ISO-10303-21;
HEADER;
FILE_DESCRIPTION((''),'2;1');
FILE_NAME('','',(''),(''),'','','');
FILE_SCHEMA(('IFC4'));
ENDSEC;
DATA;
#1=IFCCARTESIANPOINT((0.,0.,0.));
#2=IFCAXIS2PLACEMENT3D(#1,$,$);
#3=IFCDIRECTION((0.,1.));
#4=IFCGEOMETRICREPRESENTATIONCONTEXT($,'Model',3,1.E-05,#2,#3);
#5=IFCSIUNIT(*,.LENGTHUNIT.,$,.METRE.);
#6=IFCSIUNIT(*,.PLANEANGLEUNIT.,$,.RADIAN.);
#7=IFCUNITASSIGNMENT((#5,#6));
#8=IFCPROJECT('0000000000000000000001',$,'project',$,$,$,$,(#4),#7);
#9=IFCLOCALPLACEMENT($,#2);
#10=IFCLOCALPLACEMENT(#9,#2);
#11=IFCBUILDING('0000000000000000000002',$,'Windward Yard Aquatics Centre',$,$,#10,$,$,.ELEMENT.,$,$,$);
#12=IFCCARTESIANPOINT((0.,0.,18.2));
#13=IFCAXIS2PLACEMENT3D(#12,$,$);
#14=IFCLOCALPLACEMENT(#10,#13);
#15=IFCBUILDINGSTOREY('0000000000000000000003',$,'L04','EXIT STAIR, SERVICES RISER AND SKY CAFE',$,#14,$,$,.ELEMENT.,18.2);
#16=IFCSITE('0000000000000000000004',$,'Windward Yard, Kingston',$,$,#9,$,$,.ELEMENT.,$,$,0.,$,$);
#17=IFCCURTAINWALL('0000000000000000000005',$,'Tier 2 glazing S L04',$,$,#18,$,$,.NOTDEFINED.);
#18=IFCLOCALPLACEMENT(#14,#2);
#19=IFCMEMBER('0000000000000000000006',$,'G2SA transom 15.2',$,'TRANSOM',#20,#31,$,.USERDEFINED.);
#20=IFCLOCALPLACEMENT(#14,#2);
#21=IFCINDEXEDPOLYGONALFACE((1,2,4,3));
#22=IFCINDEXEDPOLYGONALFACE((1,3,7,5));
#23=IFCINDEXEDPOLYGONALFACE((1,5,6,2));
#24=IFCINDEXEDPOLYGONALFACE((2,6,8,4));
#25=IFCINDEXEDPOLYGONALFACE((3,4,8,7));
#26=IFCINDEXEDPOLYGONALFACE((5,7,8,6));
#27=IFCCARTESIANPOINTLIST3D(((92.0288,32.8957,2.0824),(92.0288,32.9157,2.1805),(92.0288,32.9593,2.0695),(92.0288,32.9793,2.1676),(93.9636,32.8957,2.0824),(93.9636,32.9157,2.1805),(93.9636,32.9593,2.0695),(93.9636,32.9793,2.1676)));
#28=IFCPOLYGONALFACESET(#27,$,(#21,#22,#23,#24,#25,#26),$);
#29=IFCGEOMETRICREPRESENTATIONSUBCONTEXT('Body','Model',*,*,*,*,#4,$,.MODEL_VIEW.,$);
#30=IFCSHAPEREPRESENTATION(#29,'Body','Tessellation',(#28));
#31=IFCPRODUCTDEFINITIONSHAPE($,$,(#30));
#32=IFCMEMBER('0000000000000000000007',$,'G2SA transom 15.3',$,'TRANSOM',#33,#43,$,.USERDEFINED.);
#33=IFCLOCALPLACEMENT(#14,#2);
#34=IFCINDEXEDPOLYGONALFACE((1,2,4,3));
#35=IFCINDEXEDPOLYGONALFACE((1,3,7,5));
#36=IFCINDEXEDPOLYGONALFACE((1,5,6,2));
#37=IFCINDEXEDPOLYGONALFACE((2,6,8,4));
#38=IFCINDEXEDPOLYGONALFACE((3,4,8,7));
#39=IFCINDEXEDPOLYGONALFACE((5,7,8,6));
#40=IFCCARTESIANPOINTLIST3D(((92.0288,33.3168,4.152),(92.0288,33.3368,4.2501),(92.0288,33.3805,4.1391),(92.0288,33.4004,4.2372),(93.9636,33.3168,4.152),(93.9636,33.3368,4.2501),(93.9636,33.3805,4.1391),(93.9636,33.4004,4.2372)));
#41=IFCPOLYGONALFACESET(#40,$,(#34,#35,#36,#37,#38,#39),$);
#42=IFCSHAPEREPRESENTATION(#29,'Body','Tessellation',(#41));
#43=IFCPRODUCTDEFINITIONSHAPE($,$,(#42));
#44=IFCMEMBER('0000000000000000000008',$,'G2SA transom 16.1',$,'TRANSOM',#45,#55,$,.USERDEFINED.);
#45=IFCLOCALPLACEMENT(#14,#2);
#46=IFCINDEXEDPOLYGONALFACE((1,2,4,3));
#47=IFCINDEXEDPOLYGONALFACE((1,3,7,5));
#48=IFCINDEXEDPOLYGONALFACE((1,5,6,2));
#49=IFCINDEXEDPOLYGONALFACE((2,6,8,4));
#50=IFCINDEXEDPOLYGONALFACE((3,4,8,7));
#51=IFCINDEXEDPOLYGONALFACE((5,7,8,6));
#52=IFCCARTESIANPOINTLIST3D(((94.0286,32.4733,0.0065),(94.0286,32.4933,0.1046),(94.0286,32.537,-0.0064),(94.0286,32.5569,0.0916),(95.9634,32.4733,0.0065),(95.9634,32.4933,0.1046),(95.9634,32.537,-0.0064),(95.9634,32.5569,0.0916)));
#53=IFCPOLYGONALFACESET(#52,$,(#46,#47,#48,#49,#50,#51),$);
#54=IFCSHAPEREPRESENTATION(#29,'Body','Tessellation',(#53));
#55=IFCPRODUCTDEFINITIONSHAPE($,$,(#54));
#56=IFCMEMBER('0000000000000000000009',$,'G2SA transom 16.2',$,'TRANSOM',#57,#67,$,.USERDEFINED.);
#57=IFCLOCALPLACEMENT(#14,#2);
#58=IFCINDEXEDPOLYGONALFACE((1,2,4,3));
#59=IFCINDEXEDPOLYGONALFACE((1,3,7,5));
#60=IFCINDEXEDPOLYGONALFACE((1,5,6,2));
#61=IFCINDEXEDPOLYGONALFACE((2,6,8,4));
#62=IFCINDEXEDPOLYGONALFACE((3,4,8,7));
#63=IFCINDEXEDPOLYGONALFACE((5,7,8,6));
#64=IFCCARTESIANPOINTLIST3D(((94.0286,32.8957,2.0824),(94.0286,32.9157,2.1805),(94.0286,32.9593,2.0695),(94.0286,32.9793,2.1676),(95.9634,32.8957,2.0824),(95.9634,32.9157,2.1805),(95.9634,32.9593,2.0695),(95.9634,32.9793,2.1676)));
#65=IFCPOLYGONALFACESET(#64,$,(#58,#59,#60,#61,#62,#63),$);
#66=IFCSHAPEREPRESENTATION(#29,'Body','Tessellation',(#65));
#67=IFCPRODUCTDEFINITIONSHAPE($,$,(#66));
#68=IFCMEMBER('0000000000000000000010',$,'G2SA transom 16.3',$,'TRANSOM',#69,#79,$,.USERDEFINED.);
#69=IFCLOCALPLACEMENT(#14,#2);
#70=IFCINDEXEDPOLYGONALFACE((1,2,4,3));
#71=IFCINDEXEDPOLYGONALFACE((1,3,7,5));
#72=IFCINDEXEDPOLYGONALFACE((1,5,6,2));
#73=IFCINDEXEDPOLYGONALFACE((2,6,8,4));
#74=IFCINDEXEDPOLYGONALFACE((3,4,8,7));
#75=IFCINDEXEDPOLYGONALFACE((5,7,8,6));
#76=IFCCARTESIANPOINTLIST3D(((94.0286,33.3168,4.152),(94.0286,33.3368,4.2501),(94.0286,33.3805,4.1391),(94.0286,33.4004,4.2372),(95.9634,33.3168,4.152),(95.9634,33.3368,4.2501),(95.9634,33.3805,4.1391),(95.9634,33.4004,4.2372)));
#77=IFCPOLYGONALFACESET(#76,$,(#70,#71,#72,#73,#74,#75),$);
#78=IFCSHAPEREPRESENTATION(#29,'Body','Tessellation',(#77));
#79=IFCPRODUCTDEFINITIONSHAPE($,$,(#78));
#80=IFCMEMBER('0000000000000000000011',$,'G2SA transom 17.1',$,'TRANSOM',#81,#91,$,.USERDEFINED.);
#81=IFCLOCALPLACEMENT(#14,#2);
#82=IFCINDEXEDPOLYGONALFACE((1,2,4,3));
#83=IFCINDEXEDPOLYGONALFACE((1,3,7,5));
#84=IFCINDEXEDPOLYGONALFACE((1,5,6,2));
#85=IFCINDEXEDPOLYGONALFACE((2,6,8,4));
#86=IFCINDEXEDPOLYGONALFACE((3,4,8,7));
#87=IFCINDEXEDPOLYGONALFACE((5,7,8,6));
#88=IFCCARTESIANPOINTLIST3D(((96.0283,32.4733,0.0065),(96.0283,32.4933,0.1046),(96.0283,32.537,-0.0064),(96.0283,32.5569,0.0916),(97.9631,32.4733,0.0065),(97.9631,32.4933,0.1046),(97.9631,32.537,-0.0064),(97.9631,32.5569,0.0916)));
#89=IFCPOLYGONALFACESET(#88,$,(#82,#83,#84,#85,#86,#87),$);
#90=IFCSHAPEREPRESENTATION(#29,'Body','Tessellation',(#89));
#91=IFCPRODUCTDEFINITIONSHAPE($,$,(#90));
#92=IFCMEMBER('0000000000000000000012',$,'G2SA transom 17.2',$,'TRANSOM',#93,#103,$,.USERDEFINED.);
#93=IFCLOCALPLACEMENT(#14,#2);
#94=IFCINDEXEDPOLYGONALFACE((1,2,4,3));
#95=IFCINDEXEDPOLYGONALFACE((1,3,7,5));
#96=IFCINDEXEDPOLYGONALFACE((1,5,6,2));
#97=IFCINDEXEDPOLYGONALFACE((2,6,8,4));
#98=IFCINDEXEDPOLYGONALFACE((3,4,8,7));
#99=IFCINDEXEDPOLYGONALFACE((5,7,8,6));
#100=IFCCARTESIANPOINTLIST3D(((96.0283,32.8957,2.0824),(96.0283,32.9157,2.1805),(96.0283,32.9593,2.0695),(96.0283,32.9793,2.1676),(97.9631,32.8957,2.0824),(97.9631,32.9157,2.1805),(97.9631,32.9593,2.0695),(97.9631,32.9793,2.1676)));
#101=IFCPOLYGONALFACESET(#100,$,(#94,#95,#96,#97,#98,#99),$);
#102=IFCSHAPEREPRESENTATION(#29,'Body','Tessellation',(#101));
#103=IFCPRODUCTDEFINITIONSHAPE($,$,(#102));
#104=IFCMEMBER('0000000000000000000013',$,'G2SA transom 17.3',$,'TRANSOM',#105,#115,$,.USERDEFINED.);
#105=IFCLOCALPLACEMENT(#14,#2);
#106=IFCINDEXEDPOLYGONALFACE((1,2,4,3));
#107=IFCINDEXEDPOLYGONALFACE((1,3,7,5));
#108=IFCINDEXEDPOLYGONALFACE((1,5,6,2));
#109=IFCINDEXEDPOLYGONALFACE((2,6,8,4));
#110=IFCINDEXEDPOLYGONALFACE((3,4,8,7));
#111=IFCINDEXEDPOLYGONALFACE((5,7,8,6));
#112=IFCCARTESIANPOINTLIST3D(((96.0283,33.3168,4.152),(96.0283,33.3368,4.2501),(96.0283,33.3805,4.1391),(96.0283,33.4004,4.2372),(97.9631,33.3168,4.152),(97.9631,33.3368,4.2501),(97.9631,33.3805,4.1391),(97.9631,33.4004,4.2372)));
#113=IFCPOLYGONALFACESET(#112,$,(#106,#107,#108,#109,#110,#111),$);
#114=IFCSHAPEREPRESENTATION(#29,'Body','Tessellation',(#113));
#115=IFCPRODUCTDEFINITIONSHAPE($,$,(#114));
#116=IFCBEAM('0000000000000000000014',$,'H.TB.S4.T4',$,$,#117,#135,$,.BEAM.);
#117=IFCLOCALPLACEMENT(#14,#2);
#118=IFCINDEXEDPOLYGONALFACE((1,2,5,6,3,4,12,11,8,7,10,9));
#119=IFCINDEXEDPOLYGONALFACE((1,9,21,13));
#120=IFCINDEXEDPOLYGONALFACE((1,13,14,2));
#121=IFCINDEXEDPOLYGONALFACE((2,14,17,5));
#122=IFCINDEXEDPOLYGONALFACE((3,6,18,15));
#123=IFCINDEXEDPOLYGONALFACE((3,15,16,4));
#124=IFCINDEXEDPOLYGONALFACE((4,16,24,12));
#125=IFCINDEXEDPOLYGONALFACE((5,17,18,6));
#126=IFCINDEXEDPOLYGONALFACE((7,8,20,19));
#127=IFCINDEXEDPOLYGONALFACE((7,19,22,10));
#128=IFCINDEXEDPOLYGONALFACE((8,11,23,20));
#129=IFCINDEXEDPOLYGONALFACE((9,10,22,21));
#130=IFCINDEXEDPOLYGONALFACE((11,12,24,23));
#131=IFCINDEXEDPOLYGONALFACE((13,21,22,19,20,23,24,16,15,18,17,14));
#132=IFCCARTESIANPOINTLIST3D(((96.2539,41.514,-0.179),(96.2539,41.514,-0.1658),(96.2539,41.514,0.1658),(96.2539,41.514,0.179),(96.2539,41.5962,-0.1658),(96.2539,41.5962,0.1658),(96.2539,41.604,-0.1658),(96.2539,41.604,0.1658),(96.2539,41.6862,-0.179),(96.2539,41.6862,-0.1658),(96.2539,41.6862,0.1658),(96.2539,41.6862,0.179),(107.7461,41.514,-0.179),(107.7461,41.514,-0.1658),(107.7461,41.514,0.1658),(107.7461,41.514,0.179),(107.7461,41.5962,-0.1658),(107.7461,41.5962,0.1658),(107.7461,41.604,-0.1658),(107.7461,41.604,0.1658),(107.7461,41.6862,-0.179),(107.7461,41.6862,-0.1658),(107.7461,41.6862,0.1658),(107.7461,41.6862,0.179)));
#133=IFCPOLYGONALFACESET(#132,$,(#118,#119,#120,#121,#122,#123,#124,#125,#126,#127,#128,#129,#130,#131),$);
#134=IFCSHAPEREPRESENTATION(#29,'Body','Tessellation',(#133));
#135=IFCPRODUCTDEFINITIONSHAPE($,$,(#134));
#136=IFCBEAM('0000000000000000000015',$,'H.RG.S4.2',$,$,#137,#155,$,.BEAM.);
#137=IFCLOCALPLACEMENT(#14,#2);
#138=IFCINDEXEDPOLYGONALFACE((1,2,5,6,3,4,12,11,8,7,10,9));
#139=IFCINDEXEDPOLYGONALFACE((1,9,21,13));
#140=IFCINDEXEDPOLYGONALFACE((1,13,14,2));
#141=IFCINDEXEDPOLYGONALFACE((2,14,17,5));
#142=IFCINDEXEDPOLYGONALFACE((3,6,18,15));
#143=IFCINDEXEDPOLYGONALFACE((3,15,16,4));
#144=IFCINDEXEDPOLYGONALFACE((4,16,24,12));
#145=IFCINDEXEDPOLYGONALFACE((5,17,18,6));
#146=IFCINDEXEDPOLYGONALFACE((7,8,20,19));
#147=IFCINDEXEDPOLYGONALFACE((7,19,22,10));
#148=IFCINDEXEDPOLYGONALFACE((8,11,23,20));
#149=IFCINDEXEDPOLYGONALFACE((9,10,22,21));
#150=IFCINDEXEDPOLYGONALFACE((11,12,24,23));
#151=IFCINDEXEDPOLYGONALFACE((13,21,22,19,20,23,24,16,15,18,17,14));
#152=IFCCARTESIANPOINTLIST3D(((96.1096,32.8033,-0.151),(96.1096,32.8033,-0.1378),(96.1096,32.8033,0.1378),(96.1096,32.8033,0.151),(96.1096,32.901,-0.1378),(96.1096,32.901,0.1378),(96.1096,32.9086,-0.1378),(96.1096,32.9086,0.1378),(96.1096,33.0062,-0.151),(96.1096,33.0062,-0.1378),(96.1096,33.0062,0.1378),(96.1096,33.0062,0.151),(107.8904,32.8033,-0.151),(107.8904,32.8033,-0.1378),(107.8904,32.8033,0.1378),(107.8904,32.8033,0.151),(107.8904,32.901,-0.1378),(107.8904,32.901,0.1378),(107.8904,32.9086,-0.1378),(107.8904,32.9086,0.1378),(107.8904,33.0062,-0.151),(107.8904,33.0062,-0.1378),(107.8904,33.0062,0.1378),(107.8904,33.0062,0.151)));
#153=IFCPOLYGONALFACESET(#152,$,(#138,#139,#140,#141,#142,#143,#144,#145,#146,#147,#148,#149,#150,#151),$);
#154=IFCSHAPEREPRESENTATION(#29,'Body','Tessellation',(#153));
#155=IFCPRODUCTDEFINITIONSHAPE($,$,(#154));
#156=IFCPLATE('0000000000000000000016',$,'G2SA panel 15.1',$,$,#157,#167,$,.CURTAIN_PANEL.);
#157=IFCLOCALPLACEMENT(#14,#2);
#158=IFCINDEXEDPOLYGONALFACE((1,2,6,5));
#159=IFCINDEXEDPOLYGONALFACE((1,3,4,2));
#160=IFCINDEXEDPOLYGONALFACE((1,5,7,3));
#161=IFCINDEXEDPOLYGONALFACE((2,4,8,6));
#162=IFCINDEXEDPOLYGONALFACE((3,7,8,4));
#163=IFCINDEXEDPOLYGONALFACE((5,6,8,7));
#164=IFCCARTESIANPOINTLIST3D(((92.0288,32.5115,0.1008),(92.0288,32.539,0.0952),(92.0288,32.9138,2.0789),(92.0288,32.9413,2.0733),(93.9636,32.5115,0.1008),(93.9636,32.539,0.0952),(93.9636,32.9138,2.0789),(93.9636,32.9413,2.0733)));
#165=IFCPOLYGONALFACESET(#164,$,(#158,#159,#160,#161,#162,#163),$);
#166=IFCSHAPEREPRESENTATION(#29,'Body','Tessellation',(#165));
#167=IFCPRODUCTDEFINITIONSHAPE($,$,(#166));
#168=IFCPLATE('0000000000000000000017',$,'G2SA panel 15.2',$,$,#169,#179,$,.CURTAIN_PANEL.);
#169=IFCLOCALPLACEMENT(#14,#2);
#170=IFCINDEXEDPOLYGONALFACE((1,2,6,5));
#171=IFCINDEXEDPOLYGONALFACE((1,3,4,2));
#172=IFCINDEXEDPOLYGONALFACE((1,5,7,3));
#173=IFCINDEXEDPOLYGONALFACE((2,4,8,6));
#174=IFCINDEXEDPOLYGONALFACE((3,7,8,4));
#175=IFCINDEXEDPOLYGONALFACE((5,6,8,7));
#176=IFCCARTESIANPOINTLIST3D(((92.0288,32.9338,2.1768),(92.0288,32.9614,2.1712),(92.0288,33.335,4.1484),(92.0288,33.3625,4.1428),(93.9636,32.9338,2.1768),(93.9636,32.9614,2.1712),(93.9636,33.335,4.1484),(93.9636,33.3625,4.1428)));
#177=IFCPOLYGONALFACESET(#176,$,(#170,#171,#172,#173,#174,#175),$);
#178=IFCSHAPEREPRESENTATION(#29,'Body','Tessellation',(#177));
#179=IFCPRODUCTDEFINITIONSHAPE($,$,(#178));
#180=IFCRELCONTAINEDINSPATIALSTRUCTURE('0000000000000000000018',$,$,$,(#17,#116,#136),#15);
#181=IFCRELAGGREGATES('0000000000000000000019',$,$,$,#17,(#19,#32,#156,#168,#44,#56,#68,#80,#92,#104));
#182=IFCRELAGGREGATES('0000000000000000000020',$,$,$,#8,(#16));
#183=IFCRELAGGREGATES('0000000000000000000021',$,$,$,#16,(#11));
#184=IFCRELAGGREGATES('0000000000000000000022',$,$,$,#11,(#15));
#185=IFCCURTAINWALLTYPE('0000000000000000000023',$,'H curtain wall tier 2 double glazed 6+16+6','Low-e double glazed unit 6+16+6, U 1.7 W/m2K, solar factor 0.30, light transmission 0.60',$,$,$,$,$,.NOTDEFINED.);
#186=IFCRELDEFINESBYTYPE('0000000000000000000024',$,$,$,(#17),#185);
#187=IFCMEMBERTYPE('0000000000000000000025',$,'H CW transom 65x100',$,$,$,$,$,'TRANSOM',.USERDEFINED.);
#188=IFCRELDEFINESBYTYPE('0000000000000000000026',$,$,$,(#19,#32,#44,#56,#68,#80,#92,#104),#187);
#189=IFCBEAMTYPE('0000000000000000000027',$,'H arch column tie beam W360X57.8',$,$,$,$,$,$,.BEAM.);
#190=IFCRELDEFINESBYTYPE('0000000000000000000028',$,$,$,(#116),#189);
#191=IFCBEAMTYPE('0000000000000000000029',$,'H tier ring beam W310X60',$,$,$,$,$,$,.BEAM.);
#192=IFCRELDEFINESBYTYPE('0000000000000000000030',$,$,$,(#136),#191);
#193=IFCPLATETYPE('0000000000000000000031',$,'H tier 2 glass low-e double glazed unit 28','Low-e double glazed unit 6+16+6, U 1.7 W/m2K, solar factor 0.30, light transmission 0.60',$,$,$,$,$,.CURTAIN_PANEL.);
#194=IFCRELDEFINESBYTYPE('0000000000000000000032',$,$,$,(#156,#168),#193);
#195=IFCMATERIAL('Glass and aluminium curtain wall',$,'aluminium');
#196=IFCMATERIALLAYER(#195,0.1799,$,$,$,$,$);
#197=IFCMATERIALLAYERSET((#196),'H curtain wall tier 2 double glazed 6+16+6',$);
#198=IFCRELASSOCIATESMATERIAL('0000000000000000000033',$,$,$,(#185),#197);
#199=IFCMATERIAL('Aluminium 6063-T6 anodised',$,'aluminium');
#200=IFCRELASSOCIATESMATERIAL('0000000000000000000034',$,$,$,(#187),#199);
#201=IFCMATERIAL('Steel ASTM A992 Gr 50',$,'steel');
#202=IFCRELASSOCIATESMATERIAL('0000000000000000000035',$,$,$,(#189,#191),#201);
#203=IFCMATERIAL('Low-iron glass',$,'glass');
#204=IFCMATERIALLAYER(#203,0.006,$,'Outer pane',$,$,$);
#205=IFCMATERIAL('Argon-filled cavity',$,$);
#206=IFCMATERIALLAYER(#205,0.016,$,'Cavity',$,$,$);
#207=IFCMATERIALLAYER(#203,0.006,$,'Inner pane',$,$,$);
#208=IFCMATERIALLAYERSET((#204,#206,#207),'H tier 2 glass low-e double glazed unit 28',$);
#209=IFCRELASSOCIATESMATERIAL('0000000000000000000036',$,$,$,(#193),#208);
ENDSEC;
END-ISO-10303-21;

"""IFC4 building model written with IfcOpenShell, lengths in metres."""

from ifc_helpers import new_model, si_unit, direction, frame, origin, origin_2d, place, context, subcontext, project, spatial, polyline, rectangle, i_section, outline, extrude, material, layer, layer_set, material_profile, profile_set, type_object, element, aggregate, save


model = new_model("IFC4")

# Units and contexts
model_context = context("Model", 3, precision=1e-05, world=origin(), true_north=direction((0.0, 1.0)))
body_context = subcontext(model_context, "Body", "Model", "MODEL_VIEW")
ifc_project = project(units=[si_unit("LENGTHUNIT", "METRE"), si_unit("PLANEANGLEUNIT", "RADIAN")], contexts=[model_context])

# Site, building, storey
site_placement = place(None, origin())
site = spatial("IfcSite", under=ifc_project, at=site_placement, Name="Windward Yard, Kingston", CompositionType="ELEMENT", RefElevation=0.0)
building_placement = place(site_placement, origin())
building = spatial("IfcBuilding", under=site, at=building_placement, Name="Windward Yard Aquatics Centre", CompositionType="ELEMENT")
storey_placement = place(building_placement, frame((0.0, 0.0, 18.2)))
storey = spatial("IfcBuildingStorey", under=building, at=storey_placement, Name="L04", Description="EXIT STAIR, SERVICES RISER AND SKY CAFE", CompositionType="ELEMENT", Elevation=18.2)

# Curtain wall, members
ifc_material_1 = material(Name="Glass and aluminium curtain wall", Category="aluminium")
ifc_layer_1 = layer(ifc_material_1, 0.1799)
ifc_layer_set_1 = layer_set([ifc_layer_1], Name="H curtain wall tier 2 double glazed 6+16+6")
curtain_wall_type = type_object("IfcCurtainWallType", Name="H curtain wall tier 2 double glazed 6+16+6", Description="Low-e double glazed unit 6+16+6, U 1.7 W/m2K, solar factor 0.30, light transmission 0.60", PredefinedType="NOTDEFINED", material=ifc_layer_set_1)
curtain_wall_placement = place(storey_placement, origin())
curtain_wall = element("IfcCurtainWall", 1, at=curtain_wall_placement, inside=storey, type_object=curtain_wall_type, Name="Tier 2 glazing S L04", PredefinedType="NOTDEFINED")
ifc_material_2 = material(Name="Aluminium 6063-T6 anodised", Category="aluminium")
ifc_material_profile_1 = material_profile(ifc_material_2, rectangle(XDim=0.0649, YDim=0.1001, at=origin_2d()), Name="H CW transom 65x100")
ifc_profile_set_1 = profile_set([ifc_material_profile_1], Name="Aluminium 6063-T6 anodised")
member_type_1 = type_object("IfcMemberType", Name="H CW transom 65x100", ElementType="TRANSOM", PredefinedType="USERDEFINED", material=ifc_profile_set_1)
member_1_placement = place(storey_placement, frame((92.0288, 32.9375, 2.125), z_axis=(1.0, 0.0, 0.0), x_axis=(0.0, -0.979925, 0.199368)))
member_1 = element("IfcMember", 2, at=member_1_placement, type_object=member_type_1, Name="G2SA transom 15.2", ObjectType="TRANSOM", PredefinedType="USERDEFINED", context=body_context, shape_type="SweptSolid", body=[
    extrude(rectangle(XDim=0.0649, YDim=0.1001, at=origin_2d()), origin(), (0.0, 0.0, 1.0), 1.9348),
])
member_2_placement = place(storey_placement, frame((92.0288, 33.3586, 4.1946), z_axis=(1.0, 0.0, 0.0), x_axis=(0.0, -0.979925, 0.199368)))
member_2 = element("IfcMember", 3, at=member_2_placement, type_object=member_type_1, Name="G2SA transom 15.3", ObjectType="TRANSOM", PredefinedType="USERDEFINED", context=body_context, shape_type="SweptSolid", body=[
    extrude(rectangle(XDim=0.0649, YDim=0.1001, at=origin_2d()), origin(), (0.0, 0.0, 1.0), 1.9348),
])
member_3_placement = place(storey_placement, frame((94.0286, 32.5151, 0.0491), z_axis=(1.0, 0.0, 0.0), x_axis=(0.0, -0.979925, 0.199368)))
member_3 = element("IfcMember", 4, at=member_3_placement, type_object=member_type_1, Name="G2SA transom 16.1", ObjectType="TRANSOM", PredefinedType="USERDEFINED", context=body_context, shape_type="SweptSolid", body=[
    extrude(rectangle(XDim=0.0649, YDim=0.1001, at=origin_2d()), origin(), (0.0, 0.0, 1.0), 1.9348),
])
member_4_placement = place(storey_placement, frame((94.0286, 32.9375, 2.125), z_axis=(1.0, 0.0, 0.0), x_axis=(0.0, -0.979925, 0.199368)))
member_4 = element("IfcMember", 5, at=member_4_placement, type_object=member_type_1, Name="G2SA transom 16.2", ObjectType="TRANSOM", PredefinedType="USERDEFINED", context=body_context, shape_type="SweptSolid", body=[
    extrude(rectangle(XDim=0.0649, YDim=0.1001, at=origin_2d()), origin(), (0.0, 0.0, 1.0), 1.9348),
])
member_5_placement = place(storey_placement, frame((94.0286, 33.3586, 4.1946), z_axis=(1.0, 0.0, 0.0), x_axis=(0.0, -0.979925, 0.199368)))
member_5 = element("IfcMember", 6, at=member_5_placement, type_object=member_type_1, Name="G2SA transom 16.3", ObjectType="TRANSOM", PredefinedType="USERDEFINED", context=body_context, shape_type="SweptSolid", body=[
    extrude(rectangle(XDim=0.0649, YDim=0.1001, at=origin_2d()), origin(), (0.0, 0.0, 1.0), 1.9348),
])
member_6_placement = place(storey_placement, frame((96.0283, 32.5151, 0.0491), z_axis=(1.0, 0.0, 0.0), x_axis=(0.0, -0.979925, 0.199368)))
member_6 = element("IfcMember", 7, at=member_6_placement, type_object=member_type_1, Name="G2SA transom 17.1", ObjectType="TRANSOM", PredefinedType="USERDEFINED", context=body_context, shape_type="SweptSolid", body=[
    extrude(rectangle(XDim=0.0649, YDim=0.1001, at=origin_2d()), origin(), (0.0, 0.0, 1.0), 1.9348),
])
member_7_placement = place(storey_placement, frame((96.0283, 32.9375, 2.125), z_axis=(1.0, 0.0, 0.0), x_axis=(0.0, -0.979925, 0.199368)))
member_7 = element("IfcMember", 8, at=member_7_placement, type_object=member_type_1, Name="G2SA transom 17.2", ObjectType="TRANSOM", PredefinedType="USERDEFINED", context=body_context, shape_type="SweptSolid", body=[
    extrude(rectangle(XDim=0.0649, YDim=0.1001, at=origin_2d()), origin(), (0.0, 0.0, 1.0), 1.9348),
])
member_8_placement = place(storey_placement, frame((96.0283, 33.3586, 4.1946), z_axis=(1.0, 0.0, 0.0), x_axis=(0.0, -0.979925, 0.199368)))
member_8 = element("IfcMember", 9, at=member_8_placement, type_object=member_type_1, Name="G2SA transom 17.3", ObjectType="TRANSOM", PredefinedType="USERDEFINED", context=body_context, shape_type="SweptSolid", body=[
    extrude(rectangle(XDim=0.0649, YDim=0.1001, at=origin_2d()), origin(), (0.0, 0.0, 1.0), 1.9348),
])

# Beams
ifc_material_3 = material(Name="Steel ASTM A992 Gr 50", Category="steel")
ifc_material_profile_2 = material_profile(ifc_material_3, i_section(OverallWidth=0.1721, OverallDepth=0.3579, WebThickness=0.0078, FlangeThickness=0.0132, at=origin_2d()), Name="W360X57.8")
ifc_profile_set_2 = profile_set([ifc_material_profile_2], Name="Steel ASTM A992 Gr 50")
beam_type_1 = type_object("IfcBeamType", Name="H arch column tie beam W360X57.8", PredefinedType="BEAM", material=ifc_profile_set_2)
beam_1_placement = place(storey_placement, frame((96.2539, 41.6001, 0.0), z_axis=(1.0, 0.0, 0.0), x_axis=(0.0, 1.0, 0.0)))
element("IfcBeam", 10, at=beam_1_placement, inside=storey, type_object=beam_type_1, Name="H.TB.S4.T4", PredefinedType="BEAM", context=body_context, shape_type="SweptSolid", body=[
    extrude(i_section(OverallWidth=0.1721, OverallDepth=0.3579, WebThickness=0.0078, FlangeThickness=0.0132, at=origin_2d()), origin(), (0.0, 0.0, 1.0), 11.4922),
])
ifc_material_profile_3 = material_profile(ifc_material_3, i_section(OverallWidth=0.2029, OverallDepth=0.302, WebThickness=0.0076, FlangeThickness=0.0132, at=origin_2d()), Name="W310X60")
ifc_profile_set_3 = profile_set([ifc_material_profile_3], Name="Steel ASTM A992 Gr 50")
beam_type_2 = type_object("IfcBeamType", Name="H tier ring beam W310X60", PredefinedType="BEAM", material=ifc_profile_set_3)
beam_2_placement = place(storey_placement, frame((96.1096, 32.9048, 0.0), z_axis=(1.0, 0.0, 0.0), x_axis=(0.0, 1.0, 0.0)))
element("IfcBeam", 11, at=beam_2_placement, inside=storey, type_object=beam_type_2, Name="H.RG.S4.2", PredefinedType="BEAM", context=body_context, shape_type="SweptSolid", body=[
    extrude(i_section(OverallWidth=0.2029, OverallDepth=0.302, WebThickness=0.0076, FlangeThickness=0.0132, at=origin_2d()), origin(), (0.0, 0.0, 1.0), 11.7808),
])

# Plates
ifc_material_4 = material(Name="Low-iron glass", Category="glass")
ifc_layer_2 = layer(ifc_material_4, 0.006, Name="Outer pane")
ifc_material_5 = material(Name="Argon-filled cavity")
ifc_layer_3 = layer(ifc_material_5, 0.016, Name="Cavity")
ifc_layer_4 = layer(ifc_material_4, 0.006, Name="Inner pane")
ifc_layer_set_2 = layer_set([ifc_layer_2, ifc_layer_3, ifc_layer_4], Name="H tier 2 glass low-e double glazed unit 28")
plate_type = type_object("IfcPlateType", Name="H tier 2 glass low-e double glazed unit 28", Description="Low-e double glazed unit 6+16+6, U 1.7 W/m2K, solar factor 0.30, light transmission 0.60", PredefinedType="CURTAIN_PANEL", material=ifc_layer_set_2)
plate_1_placement = place(storey_placement, frame((92.0288, 32.5115, 0.1008), z_axis=(0.0, -0.979933, 0.199325), x_axis=(1.0, 0.0, 0.0)))
plate_1 = element("IfcPlate", 12, at=plate_1_placement, type_object=plate_type, Name="G2SA panel 15.1", PredefinedType="CURTAIN_PANEL", context=body_context, shape_type="SweptSolid", body=[
    extrude(outline(polyline([(0.0, 0.0), (1.9348, 0.0), (1.9348, 2.0185), (0.0, 2.0185), (0.0, 0.0)])), origin(), (0.0, 0.0, -1.0), 0.0281),
])
plate_2_placement = place(storey_placement, frame((92.0288, 32.9338, 2.1768), z_axis=(0.0, -0.979927, 0.199359), x_axis=(1.0, 0.0, 0.0)))
plate_2 = element("IfcPlate", 13, at=plate_2_placement, type_object=plate_type, Name="G2SA panel 15.2", PredefinedType="CURTAIN_PANEL", context=body_context, shape_type="SweptSolid", body=[
    extrude(outline(polyline([(0.0, 0.0), (1.9348, 0.0), (1.9348, 2.0121), (0.0, 2.0121), (0.0, 0.0)])), origin(), (0.0, 0.0, -1.0), 0.0281),
])
aggregate(curtain_wall, [member_1, member_2, plate_1, plate_2, member_3, member_4, member_5, member_6, member_7, member_8])

save(model, "model.ifc")
